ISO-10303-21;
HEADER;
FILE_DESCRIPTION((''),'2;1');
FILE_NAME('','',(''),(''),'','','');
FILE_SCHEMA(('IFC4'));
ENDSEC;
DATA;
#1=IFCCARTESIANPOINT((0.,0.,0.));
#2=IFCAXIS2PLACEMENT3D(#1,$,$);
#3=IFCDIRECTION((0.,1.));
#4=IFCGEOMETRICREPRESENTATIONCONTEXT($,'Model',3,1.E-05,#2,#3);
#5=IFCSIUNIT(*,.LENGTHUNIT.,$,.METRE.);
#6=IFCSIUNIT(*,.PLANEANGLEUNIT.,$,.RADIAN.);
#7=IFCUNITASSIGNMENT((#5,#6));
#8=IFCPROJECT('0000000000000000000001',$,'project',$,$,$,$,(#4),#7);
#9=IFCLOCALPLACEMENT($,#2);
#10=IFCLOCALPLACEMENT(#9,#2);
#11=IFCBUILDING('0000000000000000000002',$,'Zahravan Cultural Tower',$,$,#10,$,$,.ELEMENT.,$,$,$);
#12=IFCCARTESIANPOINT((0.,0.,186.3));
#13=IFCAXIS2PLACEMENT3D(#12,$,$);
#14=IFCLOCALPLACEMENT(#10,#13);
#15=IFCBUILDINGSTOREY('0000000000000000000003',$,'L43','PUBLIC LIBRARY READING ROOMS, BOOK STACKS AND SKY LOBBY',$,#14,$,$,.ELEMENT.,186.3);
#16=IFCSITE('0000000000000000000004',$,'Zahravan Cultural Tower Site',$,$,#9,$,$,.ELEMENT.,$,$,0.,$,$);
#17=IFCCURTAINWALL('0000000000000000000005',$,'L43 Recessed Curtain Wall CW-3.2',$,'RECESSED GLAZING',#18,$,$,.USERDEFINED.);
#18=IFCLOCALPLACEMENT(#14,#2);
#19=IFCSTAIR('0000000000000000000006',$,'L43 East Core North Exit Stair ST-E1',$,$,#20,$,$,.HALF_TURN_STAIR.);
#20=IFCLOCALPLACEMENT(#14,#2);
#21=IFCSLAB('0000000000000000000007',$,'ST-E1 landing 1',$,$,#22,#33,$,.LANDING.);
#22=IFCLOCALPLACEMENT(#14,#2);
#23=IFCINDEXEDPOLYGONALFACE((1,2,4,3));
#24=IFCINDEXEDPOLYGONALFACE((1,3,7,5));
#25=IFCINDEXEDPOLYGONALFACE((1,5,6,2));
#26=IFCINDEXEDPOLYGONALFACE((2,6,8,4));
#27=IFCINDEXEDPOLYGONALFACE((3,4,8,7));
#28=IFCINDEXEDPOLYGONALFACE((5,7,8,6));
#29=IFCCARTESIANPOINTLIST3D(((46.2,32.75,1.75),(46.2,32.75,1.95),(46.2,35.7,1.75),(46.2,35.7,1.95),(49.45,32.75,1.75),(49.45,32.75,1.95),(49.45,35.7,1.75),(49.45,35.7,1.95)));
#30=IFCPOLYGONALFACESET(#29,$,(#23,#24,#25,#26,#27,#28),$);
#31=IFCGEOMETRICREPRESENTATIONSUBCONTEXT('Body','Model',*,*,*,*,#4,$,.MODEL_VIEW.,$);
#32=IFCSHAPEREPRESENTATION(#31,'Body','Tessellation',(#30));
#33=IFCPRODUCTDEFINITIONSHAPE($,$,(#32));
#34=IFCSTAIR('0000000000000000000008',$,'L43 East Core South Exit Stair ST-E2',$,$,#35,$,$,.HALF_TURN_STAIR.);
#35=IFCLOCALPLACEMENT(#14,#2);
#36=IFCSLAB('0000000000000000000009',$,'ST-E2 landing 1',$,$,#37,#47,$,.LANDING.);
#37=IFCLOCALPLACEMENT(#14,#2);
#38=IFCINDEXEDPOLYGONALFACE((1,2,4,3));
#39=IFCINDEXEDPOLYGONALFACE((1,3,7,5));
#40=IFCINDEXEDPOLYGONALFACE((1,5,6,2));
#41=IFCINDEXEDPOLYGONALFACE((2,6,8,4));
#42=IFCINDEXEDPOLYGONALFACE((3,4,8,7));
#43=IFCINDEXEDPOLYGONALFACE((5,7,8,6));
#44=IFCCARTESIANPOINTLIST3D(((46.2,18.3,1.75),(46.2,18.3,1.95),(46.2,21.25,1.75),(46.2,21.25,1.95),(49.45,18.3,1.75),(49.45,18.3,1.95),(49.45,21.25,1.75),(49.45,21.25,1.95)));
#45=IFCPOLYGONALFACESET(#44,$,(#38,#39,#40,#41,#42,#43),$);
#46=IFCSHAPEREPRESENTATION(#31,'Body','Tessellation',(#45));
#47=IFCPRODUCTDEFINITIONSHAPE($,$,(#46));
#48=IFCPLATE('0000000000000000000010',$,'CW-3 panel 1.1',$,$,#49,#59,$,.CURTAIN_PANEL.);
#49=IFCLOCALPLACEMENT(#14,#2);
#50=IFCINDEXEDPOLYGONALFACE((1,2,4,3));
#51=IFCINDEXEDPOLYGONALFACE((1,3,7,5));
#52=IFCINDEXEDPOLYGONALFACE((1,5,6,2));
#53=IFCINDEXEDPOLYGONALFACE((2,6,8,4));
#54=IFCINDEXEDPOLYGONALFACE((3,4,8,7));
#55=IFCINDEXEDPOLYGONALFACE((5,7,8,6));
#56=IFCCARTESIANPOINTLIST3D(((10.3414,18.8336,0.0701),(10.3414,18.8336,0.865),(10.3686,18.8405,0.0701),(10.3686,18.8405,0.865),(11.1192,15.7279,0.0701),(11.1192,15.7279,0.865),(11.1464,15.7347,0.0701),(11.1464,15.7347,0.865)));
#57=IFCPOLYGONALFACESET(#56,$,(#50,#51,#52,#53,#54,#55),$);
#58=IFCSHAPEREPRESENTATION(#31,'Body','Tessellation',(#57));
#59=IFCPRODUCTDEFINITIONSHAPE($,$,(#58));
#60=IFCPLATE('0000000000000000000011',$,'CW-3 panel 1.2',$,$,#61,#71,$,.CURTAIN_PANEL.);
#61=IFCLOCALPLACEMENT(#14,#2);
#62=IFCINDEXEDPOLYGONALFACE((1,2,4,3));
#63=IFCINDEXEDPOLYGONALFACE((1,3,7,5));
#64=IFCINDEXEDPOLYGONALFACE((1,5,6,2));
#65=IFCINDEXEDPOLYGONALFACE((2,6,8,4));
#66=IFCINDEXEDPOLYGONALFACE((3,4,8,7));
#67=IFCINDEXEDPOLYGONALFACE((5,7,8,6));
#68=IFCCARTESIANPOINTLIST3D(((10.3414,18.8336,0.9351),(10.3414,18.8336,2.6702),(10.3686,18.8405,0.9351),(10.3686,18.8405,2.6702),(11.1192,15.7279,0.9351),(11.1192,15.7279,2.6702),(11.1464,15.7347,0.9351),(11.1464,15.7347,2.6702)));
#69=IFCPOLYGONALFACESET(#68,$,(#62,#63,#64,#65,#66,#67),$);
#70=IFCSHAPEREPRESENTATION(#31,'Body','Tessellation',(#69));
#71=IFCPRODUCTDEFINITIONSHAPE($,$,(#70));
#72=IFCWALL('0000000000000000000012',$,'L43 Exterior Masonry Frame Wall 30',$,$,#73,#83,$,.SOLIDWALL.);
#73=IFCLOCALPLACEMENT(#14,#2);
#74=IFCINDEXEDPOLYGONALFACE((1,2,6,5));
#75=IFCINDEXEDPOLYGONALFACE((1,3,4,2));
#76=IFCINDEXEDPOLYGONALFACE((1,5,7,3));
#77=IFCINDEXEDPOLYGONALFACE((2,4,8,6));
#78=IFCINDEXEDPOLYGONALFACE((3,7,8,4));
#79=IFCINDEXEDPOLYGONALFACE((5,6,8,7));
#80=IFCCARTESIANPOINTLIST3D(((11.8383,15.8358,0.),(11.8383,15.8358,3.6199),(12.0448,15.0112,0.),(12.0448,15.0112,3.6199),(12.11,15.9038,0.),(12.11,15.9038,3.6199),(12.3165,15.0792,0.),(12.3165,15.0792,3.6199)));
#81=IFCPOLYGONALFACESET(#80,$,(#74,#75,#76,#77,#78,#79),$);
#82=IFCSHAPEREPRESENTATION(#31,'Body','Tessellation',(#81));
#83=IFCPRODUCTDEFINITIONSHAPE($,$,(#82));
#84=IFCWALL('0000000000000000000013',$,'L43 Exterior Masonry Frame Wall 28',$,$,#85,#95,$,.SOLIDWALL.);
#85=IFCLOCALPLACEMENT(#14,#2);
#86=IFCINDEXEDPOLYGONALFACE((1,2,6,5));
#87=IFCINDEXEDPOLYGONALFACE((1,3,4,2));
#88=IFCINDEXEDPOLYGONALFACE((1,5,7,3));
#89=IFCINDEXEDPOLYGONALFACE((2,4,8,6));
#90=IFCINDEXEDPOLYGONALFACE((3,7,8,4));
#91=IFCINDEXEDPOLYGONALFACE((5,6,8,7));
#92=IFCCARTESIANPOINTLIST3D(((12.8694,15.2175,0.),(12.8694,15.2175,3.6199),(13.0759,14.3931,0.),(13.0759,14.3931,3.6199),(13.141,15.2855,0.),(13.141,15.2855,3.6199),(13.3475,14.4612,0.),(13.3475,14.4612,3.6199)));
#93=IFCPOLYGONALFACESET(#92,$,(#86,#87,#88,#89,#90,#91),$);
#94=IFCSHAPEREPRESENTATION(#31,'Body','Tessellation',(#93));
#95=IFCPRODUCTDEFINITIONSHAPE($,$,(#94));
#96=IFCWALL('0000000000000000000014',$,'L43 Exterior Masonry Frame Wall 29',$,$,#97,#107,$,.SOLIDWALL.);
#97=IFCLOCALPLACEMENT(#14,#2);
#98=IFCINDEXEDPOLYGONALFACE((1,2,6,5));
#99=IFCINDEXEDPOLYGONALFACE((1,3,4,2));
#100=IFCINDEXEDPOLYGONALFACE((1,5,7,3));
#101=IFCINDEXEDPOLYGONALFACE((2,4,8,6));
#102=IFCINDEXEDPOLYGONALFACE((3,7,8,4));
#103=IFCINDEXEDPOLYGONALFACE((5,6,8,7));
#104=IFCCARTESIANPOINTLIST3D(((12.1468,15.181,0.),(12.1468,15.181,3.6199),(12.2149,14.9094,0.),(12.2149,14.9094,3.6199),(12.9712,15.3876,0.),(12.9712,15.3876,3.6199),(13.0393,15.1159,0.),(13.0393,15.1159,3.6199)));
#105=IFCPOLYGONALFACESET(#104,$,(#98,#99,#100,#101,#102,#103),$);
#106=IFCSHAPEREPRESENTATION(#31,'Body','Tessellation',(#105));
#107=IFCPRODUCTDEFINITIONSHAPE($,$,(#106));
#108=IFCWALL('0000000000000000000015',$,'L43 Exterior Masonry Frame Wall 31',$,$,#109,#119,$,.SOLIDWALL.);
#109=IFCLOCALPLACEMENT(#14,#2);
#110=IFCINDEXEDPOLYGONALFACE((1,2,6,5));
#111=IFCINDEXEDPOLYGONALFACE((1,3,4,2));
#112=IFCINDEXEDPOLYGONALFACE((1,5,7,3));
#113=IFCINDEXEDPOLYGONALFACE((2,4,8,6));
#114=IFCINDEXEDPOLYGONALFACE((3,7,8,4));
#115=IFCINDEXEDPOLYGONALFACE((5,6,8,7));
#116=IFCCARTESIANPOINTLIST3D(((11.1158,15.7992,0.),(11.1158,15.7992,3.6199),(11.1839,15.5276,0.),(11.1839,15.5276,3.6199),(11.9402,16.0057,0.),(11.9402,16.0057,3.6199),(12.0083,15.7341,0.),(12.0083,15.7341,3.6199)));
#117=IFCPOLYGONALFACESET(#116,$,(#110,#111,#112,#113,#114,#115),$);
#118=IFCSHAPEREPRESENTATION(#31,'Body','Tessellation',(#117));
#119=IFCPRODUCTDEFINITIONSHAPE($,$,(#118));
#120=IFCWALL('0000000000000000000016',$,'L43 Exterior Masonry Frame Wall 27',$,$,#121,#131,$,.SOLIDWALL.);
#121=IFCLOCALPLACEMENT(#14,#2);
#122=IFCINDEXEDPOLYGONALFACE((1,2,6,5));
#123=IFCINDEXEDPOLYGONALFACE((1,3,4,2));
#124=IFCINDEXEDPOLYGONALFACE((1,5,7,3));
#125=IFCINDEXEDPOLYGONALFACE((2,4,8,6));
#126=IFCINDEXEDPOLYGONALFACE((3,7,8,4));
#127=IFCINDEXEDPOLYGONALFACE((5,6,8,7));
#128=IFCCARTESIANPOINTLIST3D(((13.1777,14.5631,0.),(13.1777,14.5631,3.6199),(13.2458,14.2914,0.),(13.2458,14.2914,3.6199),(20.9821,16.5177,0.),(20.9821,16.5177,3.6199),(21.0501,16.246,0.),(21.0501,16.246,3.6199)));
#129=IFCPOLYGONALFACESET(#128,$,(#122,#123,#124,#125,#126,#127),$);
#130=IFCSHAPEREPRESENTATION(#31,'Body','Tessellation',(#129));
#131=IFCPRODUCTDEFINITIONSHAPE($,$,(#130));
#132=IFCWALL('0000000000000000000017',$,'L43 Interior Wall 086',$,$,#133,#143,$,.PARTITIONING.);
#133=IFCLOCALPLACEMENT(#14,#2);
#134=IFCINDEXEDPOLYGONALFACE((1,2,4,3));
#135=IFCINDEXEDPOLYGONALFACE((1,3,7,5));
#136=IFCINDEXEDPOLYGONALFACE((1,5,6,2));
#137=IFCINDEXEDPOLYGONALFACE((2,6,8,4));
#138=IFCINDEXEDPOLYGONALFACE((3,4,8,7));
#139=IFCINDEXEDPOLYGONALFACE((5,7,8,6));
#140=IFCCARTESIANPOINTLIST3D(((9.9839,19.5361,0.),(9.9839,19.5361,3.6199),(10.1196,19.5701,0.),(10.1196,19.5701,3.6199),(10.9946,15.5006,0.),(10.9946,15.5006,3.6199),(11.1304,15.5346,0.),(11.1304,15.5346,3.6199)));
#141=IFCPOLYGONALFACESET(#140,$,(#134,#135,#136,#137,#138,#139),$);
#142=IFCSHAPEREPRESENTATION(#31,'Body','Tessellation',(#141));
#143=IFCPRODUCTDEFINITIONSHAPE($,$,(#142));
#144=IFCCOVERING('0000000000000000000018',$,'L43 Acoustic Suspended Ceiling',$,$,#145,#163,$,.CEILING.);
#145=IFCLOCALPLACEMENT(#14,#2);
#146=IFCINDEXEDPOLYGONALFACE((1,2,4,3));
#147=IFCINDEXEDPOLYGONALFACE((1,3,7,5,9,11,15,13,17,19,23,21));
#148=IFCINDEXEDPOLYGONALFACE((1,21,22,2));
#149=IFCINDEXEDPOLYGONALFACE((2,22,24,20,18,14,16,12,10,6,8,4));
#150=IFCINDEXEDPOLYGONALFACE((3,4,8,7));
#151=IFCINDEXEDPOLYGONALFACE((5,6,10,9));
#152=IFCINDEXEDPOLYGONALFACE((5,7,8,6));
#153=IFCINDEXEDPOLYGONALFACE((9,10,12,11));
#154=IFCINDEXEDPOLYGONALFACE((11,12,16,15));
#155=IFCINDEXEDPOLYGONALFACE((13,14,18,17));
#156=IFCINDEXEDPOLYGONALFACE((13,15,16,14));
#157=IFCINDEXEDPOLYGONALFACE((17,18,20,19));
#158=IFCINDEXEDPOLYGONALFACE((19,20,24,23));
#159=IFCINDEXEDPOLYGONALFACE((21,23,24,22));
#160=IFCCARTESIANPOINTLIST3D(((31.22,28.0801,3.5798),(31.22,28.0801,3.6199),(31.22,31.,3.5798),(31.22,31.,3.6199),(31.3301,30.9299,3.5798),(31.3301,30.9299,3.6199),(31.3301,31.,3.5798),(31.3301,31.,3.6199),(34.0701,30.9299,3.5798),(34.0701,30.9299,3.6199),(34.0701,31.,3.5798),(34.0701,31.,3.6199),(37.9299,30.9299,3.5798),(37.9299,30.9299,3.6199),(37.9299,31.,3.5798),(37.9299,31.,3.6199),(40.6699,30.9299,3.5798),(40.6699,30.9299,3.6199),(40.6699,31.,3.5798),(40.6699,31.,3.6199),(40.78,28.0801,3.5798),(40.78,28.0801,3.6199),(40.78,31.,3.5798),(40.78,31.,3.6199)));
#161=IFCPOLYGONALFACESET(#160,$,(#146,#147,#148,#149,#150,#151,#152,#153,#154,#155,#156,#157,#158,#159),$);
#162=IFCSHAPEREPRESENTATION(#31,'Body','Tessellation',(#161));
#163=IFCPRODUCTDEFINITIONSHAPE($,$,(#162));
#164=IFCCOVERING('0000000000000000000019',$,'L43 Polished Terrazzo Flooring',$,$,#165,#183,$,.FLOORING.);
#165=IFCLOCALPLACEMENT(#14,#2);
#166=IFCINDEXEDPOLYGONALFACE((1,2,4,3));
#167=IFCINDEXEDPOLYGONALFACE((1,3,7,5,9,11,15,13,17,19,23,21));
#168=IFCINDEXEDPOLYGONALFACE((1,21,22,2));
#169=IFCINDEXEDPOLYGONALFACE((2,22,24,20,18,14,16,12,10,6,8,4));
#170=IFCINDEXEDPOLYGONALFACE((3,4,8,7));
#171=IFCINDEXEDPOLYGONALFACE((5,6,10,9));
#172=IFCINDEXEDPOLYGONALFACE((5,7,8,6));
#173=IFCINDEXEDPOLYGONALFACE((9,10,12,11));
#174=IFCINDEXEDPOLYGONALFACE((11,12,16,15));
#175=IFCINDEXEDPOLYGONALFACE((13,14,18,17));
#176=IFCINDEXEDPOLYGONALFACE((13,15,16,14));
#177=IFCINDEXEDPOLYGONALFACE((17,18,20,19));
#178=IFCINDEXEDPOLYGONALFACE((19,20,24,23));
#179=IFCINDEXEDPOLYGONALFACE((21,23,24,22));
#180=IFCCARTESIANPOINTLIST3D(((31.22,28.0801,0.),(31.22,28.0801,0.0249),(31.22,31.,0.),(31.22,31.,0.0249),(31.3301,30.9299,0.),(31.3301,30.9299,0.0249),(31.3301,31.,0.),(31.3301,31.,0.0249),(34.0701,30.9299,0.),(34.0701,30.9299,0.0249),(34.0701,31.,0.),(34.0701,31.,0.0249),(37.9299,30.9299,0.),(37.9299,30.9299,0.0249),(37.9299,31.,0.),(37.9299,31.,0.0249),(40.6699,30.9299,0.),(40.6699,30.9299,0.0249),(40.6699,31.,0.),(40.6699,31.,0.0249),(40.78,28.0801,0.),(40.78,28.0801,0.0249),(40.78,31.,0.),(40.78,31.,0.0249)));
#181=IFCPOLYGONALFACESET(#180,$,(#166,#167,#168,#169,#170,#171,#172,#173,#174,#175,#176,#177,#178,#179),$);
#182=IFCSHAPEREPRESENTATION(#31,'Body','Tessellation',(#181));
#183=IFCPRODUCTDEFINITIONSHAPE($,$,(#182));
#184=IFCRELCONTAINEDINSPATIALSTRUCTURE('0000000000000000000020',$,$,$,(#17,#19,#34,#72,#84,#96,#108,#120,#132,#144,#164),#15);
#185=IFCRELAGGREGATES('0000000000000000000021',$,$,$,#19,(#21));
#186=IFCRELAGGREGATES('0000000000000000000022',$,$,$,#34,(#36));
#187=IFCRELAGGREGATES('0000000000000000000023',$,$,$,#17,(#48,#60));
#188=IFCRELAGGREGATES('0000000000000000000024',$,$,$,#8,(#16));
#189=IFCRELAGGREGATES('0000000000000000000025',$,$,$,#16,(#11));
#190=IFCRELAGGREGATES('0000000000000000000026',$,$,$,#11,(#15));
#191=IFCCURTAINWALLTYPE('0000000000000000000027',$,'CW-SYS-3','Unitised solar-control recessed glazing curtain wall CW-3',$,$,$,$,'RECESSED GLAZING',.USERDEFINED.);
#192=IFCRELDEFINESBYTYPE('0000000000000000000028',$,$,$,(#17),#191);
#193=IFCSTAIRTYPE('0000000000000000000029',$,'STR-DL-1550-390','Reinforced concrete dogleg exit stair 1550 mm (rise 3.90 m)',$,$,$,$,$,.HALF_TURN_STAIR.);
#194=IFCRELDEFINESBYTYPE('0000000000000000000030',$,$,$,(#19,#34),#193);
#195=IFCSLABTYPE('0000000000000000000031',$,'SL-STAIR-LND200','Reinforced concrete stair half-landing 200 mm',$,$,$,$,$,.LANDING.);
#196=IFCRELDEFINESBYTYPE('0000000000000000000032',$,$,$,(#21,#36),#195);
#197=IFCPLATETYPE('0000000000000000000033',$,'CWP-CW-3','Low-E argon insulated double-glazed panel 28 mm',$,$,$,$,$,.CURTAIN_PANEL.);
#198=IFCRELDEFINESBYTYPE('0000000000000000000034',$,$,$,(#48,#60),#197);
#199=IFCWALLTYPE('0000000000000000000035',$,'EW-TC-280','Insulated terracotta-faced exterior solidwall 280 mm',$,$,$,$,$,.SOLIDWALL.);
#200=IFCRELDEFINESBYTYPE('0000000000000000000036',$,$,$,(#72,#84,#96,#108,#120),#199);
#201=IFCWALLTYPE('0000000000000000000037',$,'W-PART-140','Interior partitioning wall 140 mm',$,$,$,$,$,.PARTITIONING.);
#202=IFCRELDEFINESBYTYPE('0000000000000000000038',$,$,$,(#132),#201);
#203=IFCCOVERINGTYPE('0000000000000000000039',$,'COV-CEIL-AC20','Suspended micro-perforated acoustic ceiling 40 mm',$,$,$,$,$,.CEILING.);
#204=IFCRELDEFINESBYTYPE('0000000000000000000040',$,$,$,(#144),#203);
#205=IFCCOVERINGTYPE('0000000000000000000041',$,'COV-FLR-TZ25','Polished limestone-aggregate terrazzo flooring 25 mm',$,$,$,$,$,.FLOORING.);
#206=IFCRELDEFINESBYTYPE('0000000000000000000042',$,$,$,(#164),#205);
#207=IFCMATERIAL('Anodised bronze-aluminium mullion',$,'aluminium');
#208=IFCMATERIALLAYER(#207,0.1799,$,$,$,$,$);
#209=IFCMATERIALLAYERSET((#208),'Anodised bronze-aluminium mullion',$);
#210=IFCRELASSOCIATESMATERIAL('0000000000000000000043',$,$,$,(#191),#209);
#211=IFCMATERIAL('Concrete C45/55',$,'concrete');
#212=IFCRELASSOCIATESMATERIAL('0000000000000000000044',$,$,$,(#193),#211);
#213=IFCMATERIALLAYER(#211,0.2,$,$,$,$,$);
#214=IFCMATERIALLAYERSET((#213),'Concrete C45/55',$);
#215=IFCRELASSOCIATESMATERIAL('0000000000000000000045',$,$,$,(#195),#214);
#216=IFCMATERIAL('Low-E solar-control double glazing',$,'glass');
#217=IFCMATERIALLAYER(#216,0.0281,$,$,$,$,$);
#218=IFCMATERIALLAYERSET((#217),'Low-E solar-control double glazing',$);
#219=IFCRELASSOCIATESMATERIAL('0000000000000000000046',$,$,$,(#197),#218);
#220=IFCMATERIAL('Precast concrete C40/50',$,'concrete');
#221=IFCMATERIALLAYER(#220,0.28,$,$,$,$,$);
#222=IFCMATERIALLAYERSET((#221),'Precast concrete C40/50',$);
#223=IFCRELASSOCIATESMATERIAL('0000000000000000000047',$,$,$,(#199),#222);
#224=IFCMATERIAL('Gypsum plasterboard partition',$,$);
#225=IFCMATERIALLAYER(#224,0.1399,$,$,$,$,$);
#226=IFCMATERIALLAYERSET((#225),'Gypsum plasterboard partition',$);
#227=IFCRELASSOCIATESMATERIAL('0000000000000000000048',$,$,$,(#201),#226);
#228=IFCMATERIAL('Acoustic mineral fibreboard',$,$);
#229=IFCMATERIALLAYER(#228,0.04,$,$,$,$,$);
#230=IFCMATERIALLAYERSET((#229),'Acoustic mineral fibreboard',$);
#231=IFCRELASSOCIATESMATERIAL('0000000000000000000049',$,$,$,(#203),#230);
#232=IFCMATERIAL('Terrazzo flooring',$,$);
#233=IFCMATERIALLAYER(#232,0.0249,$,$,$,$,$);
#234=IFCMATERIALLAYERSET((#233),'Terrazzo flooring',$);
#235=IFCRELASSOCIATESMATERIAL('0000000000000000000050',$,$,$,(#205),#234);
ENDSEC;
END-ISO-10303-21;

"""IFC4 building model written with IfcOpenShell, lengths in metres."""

from ifc_helpers import new_model, si_unit, direction, frame, frame_2d, origin, origin_2d, place, context, subcontext, project, spatial, polyline, rectangle, outline, extrude, source, transform, mapped, material, layer, layer_set, type_object, element, aggregate, save


model = new_model("IFC4")

# Units and contexts
model_context = context("Model", 3, precision=1e-05, world=origin(), true_north=direction((0.0, 1.0)))
body_context = subcontext(model_context, "Body", "Model", "MODEL_VIEW")
ifc_project = project(units=[si_unit("LENGTHUNIT", "METRE"), si_unit("PLANEANGLEUNIT", "RADIAN")], contexts=[model_context])

# Site, building, storey
site_placement = place(None, origin())
site = spatial("IfcSite", under=ifc_project, at=site_placement, Name="Zahravan Cultural Tower Site", CompositionType="ELEMENT", RefElevation=0.0)
building_placement = place(site_placement, origin())
building = spatial("IfcBuilding", under=site, at=building_placement, Name="Zahravan Cultural Tower", CompositionType="ELEMENT")
storey_placement = place(building_placement, frame((0.0, 0.0, 186.3)))
storey = spatial("IfcBuildingStorey", under=building, at=storey_placement, Name="L43", Description="PUBLIC LIBRARY READING ROOMS, BOOK STACKS AND SKY LOBBY", CompositionType="ELEMENT", Elevation=186.3)

# Curtain wall
ifc_material_1 = material(Name="Anodised bronze-aluminium mullion", Category="aluminium")
ifc_layer_1 = layer(ifc_material_1, 0.1799)
ifc_layer_set_1 = layer_set([ifc_layer_1], Name="Anodised bronze-aluminium mullion")
curtain_wall_type = type_object("IfcCurtainWallType", Name="CW-SYS-3", Description="Unitised solar-control recessed glazing curtain wall CW-3", ElementType="RECESSED GLAZING", PredefinedType="USERDEFINED", material=ifc_layer_set_1)
curtain_wall_placement = place(storey_placement, origin())
curtain_wall = element("IfcCurtainWall", 1, at=curtain_wall_placement, inside=storey, type_object=curtain_wall_type, Name="L43 Recessed Curtain Wall CW-3.2", ObjectType="RECESSED GLAZING", PredefinedType="USERDEFINED")

# Shared definitions
ifc_material_2 = material(Name="Concrete C45/55", Category="concrete")

# Stairs, slabs
stair_type = type_object("IfcStairType", Name="STR-DL-1550-390", Description="Reinforced concrete dogleg exit stair 1550 mm (rise 3.90 m)", PredefinedType="HALF_TURN_STAIR", material=ifc_material_2)
ifc_layer_2 = layer(ifc_material_2, 0.2)
ifc_layer_set_2 = layer_set([ifc_layer_2], Name="Concrete C45/55")
slab_type_1 = type_object("IfcSlabType", Name="SL-STAIR-LND200", Description="Reinforced concrete stair half-landing 200 mm", PredefinedType="LANDING", material=ifc_layer_set_2)
stair_1_placement = place(storey_placement, origin())
stair_1 = element("IfcStair", 2, at=stair_1_placement, inside=storey, type_object=stair_type, Name="L43 East Core North Exit Stair ST-E1", PredefinedType="HALF_TURN_STAIR")
slab_1_placement = place(storey_placement, frame((0.0, 0.0, 1.75)))
slab_1 = element("IfcSlab", 3, at=slab_1_placement, type_object=slab_type_1, Name="ST-E1 landing 1", PredefinedType="LANDING", context=body_context, shape_type="SweptSolid", body=[
    extrude(outline(polyline([(49.45, 32.75), (49.45, 35.7), (46.2, 35.7), (46.2, 32.75), (49.45, 32.75)])), origin(), (0.0, 0.0, 1.0), 0.2),
])
aggregate(stair_1, [slab_1])
stair_2_placement = place(storey_placement, origin())
stair_2 = element("IfcStair", 4, at=stair_2_placement, inside=storey, type_object=stair_type, Name="L43 East Core South Exit Stair ST-E2", PredefinedType="HALF_TURN_STAIR")
slab_2_placement = place(storey_placement, frame((0.0, 0.0, 1.75)))
slab_2 = element("IfcSlab", 5, at=slab_2_placement, type_object=slab_type_1, Name="ST-E2 landing 1", PredefinedType="LANDING", context=body_context, shape_type="SweptSolid", body=[
    extrude(outline(polyline([(46.2, 21.25), (46.2, 18.3), (49.45, 18.3), (49.45, 21.25), (46.2, 21.25)])), origin(), (0.0, 0.0, 1.0), 0.2),
])
aggregate(stair_2, [slab_2])

# Plates
ifc_material_3 = material(Name="Low-E solar-control double glazing", Category="glass")
ifc_layer_3 = layer(ifc_material_3, 0.0281)
ifc_layer_set_3 = layer_set([ifc_layer_3], Name="Low-E solar-control double glazing")
plate_type = type_object("IfcPlateType", Name="CWP-CW-3", Description="Low-E argon insulated double-glazed panel 28 mm", PredefinedType="CURTAIN_PANEL", material=ifc_layer_set_3)
shared_shape_1 = source(origin(), body_context, "Body", "SweptSolid", [
    extrude(rectangle(XDim=3.2017, YDim=0.0281, at=origin_2d()), origin(), (0.0, 0.0, 1.0), 0.7949),
])
plate_1_placement = place(storey_placement, frame((10.7439, 17.2842, 0.0701), z_axis=(0.0, 0.0, 1.0), x_axis=(-0.242944, 0.97004, 0.0)))
plate_1 = element("IfcPlate", 6, at=plate_1_placement, type_object=plate_type, Name="CW-3 panel 1.1", PredefinedType="CURTAIN_PANEL", context=body_context, shape_type="MappedRepresentation", body=[
    mapped(shared_shape_1, transform((0.0, 0.0, 0.0), x_axis=(1.0, 0.0, 0.0), y_axis=(0.0, 1.0, 0.0), z_axis=(0.0, 0.0, 1.0), scale=1.0)),
])
shared_shape_2 = source(origin(), body_context, "Body", "SweptSolid", [
    extrude(rectangle(XDim=3.2017, YDim=0.0281, at=origin_2d()), origin(), (0.0, 0.0, 1.0), 1.7351),
])
plate_2_placement = place(storey_placement, frame((10.7439, 17.2842, 0.9351), z_axis=(0.0, 0.0, 1.0), x_axis=(-0.242944, 0.97004, 0.0)))
plate_2 = element("IfcPlate", 7, at=plate_2_placement, type_object=plate_type, Name="CW-3 panel 1.2", PredefinedType="CURTAIN_PANEL", context=body_context, shape_type="MappedRepresentation", body=[
    mapped(shared_shape_2, transform((0.0, 0.0, 0.0), x_axis=(1.0, 0.0, 0.0), y_axis=(0.0, 1.0, 0.0), z_axis=(0.0, 0.0, 1.0), scale=1.0)),
])
aggregate(curtain_wall, [plate_1, plate_2])

# Walls
ifc_material_4 = material(Name="Precast concrete C40/50", Category="concrete")
ifc_layer_4 = layer(ifc_material_4, 0.28)
ifc_layer_set_4 = layer_set([ifc_layer_4], Name="Precast concrete C40/50")
wall_type_1 = type_object("IfcWallType", Name="EW-TC-280", Description="Insulated terracotta-faced exterior solidwall 280 mm", PredefinedType="SOLIDWALL", material=ifc_layer_set_4)
shared_shape_3 = source(origin(), body_context, "Body", "SweptSolid", [
    extrude(rectangle(XDim=0.8501, YDim=0.28, at=frame_2d((0.425, 0.0))), origin(), (0.0, 0.0, 1.0), 3.6199),
])
wall_1_placement = place(storey_placement, frame((12.1807, 15.0452, 0.0), z_axis=(0.0, 0.0, 1.0), x_axis=(-0.242941, 0.970041, 0.0)))
element("IfcWall", 8, at=wall_1_placement, inside=storey, type_object=wall_type_1, Name="L43 Exterior Masonry Frame Wall 30", PredefinedType="SOLIDWALL", context=body_context, shape_type="MappedRepresentation", body=[
    mapped(shared_shape_3, transform((0.0, 0.0, 0.0), x_axis=(1.0, 0.0, 0.0), y_axis=(0.0, 1.0, 0.0), z_axis=(0.0, 0.0, 1.0), scale=1.0)),
])
shared_shape_4 = source(origin(), body_context, "Body", "SweptSolid", [
    extrude(rectangle(XDim=0.8499, YDim=0.28, at=frame_2d((0.4248, 0.0))), origin(), (0.0, 0.0, 1.0), 3.6199),
])
for number, where, z_axis, x_axis, name in (
    (9, (13.2117, 14.4272, 0.0), (0.0, 0.0, 1.0), (-0.243009, 0.970024, 0.0), "L43 Exterior Masonry Frame Wall 28"),
    (10, (13.0051, 15.2517, 0.0), (0.0, 0.0, 1.0), (-0.970024, -0.243009, 0.0), "L43 Exterior Masonry Frame Wall 29"),
    (11, (11.9741, 15.8699, 0.0), (0.0, 0.0, 1.0), (-0.970024, -0.243009, 0.0), "L43 Exterior Masonry Frame Wall 31"),
):
    element("IfcWall", number, at=place(storey_placement, frame(where, z_axis=z_axis, x_axis=x_axis)), inside=storey, type_object=wall_type_1, Name=name, PredefinedType="SOLIDWALL", context=body_context, shape_type="MappedRepresentation", body=[
        mapped(shared_shape_4, transform((0.0, 0.0, 0.0), x_axis=(1.0, 0.0, 0.0), y_axis=(0.0, 1.0, 0.0), z_axis=(0.0, 0.0, 1.0), scale=1.0)),
    ])
shared_shape_5 = source(origin(), body_context, "Body", "SweptSolid", [
    extrude(rectangle(XDim=8.0454, YDim=0.28, at=frame_2d((4.0227, 0.0))), origin(), (0.0, 0.0, 1.0), 3.6199),
])
wall_2_placement = place(storey_placement, frame((21.0161, 16.3818, 0.0), z_axis=(0.0, 0.0, 1.0), x_axis=(-0.970041, -0.242943, 0.0)))
element("IfcWall", 12, at=wall_2_placement, inside=storey, type_object=wall_type_1, Name="L43 Exterior Masonry Frame Wall 27", PredefinedType="SOLIDWALL", context=body_context, shape_type="MappedRepresentation", body=[
    mapped(shared_shape_5, transform((0.0, 0.0, 0.0), x_axis=(1.0, 0.0, 0.0), y_axis=(0.0, 1.0, 0.0), z_axis=(0.0, 0.0, 1.0), scale=1.0)),
])
ifc_material_5 = material(Name="Gypsum plasterboard partition")
ifc_layer_5 = layer(ifc_material_5, 0.1399)
ifc_layer_set_5 = layer_set([ifc_layer_5], Name="Gypsum plasterboard partition")
wall_type_2 = type_object("IfcWallType", Name="W-PART-140", Description="Interior partitioning wall 140 mm", PredefinedType="PARTITIONING", material=ifc_layer_set_5)
shared_shape_6 = source(origin(), body_context, "Body", "SweptSolid", [
    extrude(rectangle(XDim=4.1602, YDim=0.1399, at=frame_2d((2.0801, 0.0))), origin(), (0.0, 0.0, 1.0), 3.6199),
])
wall_3_placement = place(storey_placement, frame((11.0625, 15.5176, 0.0), z_axis=(0.0, 0.0, 1.0), x_axis=(-0.242964, 0.970035, 0.0)))
element("IfcWall", 13, at=wall_3_placement, inside=storey, type_object=wall_type_2, Name="L43 Interior Wall 086", PredefinedType="PARTITIONING", context=body_context, shape_type="MappedRepresentation", body=[
    mapped(shared_shape_6, transform((0.0, 0.0, 0.0), x_axis=(1.0, 0.0, 0.0), y_axis=(0.0, 1.0, 0.0), z_axis=(0.0, 0.0, 1.0), scale=1.0)),
])

# Coverings
ifc_material_6 = material(Name="Acoustic mineral fibreboard")
ifc_layer_6 = layer(ifc_material_6, 0.04)
ifc_layer_set_6 = layer_set([ifc_layer_6], Name="Acoustic mineral fibreboard")
covering_type_1 = type_object("IfcCoveringType", Name="COV-CEIL-AC20", Description="Suspended micro-perforated acoustic ceiling 40 mm", PredefinedType="CEILING", material=ifc_layer_set_6)
covering_1_placement = place(storey_placement, frame((0.0, 0.0, 3.5798)))
element("IfcCovering", 14, at=covering_1_placement, inside=storey, type_object=covering_type_1, Name="L43 Acoustic Suspended Ceiling", PredefinedType="CEILING", context=body_context, shape_type="SweptSolid", body=[
    extrude(outline(polyline([(31.22, 31.0), (31.22, 28.0801), (40.78, 28.0801), (40.78, 31.0), (40.6699, 31.0), (40.6699, 30.9299), (37.9299, 30.9299), (37.9299, 31.0), (34.0701, 31.0), (34.0701, 30.9299), (31.3301, 30.9299), (31.3301, 31.0), (31.22, 31.0)])), origin(), (0.0, 0.0, 1.0), 0.04),
])
ifc_material_7 = material(Name="Terrazzo flooring")
ifc_layer_7 = layer(ifc_material_7, 0.0249)
ifc_layer_set_7 = layer_set([ifc_layer_7], Name="Terrazzo flooring")
covering_type_2 = type_object("IfcCoveringType", Name="COV-FLR-TZ25", Description="Polished limestone-aggregate terrazzo flooring 25 mm", PredefinedType="FLOORING", material=ifc_layer_set_7)
covering_2_placement = place(storey_placement, origin())
element("IfcCovering", 15, at=covering_2_placement, inside=storey, type_object=covering_type_2, Name="L43 Polished Terrazzo Flooring", PredefinedType="FLOORING", context=body_context, shape_type="SweptSolid", body=[
    extrude(outline(polyline([(31.22, 31.0), (31.22, 28.0801), (40.78, 28.0801), (40.78, 31.0), (40.6699, 31.0), (40.6699, 30.9299), (37.9299, 30.9299), (37.9299, 31.0), (34.0701, 31.0), (34.0701, 30.9299), (31.3301, 30.9299), (31.3301, 31.0), (31.22, 31.0)])), origin(), (0.0, 0.0, 1.0), 0.0249),
])

save(model, "model.ifc")
